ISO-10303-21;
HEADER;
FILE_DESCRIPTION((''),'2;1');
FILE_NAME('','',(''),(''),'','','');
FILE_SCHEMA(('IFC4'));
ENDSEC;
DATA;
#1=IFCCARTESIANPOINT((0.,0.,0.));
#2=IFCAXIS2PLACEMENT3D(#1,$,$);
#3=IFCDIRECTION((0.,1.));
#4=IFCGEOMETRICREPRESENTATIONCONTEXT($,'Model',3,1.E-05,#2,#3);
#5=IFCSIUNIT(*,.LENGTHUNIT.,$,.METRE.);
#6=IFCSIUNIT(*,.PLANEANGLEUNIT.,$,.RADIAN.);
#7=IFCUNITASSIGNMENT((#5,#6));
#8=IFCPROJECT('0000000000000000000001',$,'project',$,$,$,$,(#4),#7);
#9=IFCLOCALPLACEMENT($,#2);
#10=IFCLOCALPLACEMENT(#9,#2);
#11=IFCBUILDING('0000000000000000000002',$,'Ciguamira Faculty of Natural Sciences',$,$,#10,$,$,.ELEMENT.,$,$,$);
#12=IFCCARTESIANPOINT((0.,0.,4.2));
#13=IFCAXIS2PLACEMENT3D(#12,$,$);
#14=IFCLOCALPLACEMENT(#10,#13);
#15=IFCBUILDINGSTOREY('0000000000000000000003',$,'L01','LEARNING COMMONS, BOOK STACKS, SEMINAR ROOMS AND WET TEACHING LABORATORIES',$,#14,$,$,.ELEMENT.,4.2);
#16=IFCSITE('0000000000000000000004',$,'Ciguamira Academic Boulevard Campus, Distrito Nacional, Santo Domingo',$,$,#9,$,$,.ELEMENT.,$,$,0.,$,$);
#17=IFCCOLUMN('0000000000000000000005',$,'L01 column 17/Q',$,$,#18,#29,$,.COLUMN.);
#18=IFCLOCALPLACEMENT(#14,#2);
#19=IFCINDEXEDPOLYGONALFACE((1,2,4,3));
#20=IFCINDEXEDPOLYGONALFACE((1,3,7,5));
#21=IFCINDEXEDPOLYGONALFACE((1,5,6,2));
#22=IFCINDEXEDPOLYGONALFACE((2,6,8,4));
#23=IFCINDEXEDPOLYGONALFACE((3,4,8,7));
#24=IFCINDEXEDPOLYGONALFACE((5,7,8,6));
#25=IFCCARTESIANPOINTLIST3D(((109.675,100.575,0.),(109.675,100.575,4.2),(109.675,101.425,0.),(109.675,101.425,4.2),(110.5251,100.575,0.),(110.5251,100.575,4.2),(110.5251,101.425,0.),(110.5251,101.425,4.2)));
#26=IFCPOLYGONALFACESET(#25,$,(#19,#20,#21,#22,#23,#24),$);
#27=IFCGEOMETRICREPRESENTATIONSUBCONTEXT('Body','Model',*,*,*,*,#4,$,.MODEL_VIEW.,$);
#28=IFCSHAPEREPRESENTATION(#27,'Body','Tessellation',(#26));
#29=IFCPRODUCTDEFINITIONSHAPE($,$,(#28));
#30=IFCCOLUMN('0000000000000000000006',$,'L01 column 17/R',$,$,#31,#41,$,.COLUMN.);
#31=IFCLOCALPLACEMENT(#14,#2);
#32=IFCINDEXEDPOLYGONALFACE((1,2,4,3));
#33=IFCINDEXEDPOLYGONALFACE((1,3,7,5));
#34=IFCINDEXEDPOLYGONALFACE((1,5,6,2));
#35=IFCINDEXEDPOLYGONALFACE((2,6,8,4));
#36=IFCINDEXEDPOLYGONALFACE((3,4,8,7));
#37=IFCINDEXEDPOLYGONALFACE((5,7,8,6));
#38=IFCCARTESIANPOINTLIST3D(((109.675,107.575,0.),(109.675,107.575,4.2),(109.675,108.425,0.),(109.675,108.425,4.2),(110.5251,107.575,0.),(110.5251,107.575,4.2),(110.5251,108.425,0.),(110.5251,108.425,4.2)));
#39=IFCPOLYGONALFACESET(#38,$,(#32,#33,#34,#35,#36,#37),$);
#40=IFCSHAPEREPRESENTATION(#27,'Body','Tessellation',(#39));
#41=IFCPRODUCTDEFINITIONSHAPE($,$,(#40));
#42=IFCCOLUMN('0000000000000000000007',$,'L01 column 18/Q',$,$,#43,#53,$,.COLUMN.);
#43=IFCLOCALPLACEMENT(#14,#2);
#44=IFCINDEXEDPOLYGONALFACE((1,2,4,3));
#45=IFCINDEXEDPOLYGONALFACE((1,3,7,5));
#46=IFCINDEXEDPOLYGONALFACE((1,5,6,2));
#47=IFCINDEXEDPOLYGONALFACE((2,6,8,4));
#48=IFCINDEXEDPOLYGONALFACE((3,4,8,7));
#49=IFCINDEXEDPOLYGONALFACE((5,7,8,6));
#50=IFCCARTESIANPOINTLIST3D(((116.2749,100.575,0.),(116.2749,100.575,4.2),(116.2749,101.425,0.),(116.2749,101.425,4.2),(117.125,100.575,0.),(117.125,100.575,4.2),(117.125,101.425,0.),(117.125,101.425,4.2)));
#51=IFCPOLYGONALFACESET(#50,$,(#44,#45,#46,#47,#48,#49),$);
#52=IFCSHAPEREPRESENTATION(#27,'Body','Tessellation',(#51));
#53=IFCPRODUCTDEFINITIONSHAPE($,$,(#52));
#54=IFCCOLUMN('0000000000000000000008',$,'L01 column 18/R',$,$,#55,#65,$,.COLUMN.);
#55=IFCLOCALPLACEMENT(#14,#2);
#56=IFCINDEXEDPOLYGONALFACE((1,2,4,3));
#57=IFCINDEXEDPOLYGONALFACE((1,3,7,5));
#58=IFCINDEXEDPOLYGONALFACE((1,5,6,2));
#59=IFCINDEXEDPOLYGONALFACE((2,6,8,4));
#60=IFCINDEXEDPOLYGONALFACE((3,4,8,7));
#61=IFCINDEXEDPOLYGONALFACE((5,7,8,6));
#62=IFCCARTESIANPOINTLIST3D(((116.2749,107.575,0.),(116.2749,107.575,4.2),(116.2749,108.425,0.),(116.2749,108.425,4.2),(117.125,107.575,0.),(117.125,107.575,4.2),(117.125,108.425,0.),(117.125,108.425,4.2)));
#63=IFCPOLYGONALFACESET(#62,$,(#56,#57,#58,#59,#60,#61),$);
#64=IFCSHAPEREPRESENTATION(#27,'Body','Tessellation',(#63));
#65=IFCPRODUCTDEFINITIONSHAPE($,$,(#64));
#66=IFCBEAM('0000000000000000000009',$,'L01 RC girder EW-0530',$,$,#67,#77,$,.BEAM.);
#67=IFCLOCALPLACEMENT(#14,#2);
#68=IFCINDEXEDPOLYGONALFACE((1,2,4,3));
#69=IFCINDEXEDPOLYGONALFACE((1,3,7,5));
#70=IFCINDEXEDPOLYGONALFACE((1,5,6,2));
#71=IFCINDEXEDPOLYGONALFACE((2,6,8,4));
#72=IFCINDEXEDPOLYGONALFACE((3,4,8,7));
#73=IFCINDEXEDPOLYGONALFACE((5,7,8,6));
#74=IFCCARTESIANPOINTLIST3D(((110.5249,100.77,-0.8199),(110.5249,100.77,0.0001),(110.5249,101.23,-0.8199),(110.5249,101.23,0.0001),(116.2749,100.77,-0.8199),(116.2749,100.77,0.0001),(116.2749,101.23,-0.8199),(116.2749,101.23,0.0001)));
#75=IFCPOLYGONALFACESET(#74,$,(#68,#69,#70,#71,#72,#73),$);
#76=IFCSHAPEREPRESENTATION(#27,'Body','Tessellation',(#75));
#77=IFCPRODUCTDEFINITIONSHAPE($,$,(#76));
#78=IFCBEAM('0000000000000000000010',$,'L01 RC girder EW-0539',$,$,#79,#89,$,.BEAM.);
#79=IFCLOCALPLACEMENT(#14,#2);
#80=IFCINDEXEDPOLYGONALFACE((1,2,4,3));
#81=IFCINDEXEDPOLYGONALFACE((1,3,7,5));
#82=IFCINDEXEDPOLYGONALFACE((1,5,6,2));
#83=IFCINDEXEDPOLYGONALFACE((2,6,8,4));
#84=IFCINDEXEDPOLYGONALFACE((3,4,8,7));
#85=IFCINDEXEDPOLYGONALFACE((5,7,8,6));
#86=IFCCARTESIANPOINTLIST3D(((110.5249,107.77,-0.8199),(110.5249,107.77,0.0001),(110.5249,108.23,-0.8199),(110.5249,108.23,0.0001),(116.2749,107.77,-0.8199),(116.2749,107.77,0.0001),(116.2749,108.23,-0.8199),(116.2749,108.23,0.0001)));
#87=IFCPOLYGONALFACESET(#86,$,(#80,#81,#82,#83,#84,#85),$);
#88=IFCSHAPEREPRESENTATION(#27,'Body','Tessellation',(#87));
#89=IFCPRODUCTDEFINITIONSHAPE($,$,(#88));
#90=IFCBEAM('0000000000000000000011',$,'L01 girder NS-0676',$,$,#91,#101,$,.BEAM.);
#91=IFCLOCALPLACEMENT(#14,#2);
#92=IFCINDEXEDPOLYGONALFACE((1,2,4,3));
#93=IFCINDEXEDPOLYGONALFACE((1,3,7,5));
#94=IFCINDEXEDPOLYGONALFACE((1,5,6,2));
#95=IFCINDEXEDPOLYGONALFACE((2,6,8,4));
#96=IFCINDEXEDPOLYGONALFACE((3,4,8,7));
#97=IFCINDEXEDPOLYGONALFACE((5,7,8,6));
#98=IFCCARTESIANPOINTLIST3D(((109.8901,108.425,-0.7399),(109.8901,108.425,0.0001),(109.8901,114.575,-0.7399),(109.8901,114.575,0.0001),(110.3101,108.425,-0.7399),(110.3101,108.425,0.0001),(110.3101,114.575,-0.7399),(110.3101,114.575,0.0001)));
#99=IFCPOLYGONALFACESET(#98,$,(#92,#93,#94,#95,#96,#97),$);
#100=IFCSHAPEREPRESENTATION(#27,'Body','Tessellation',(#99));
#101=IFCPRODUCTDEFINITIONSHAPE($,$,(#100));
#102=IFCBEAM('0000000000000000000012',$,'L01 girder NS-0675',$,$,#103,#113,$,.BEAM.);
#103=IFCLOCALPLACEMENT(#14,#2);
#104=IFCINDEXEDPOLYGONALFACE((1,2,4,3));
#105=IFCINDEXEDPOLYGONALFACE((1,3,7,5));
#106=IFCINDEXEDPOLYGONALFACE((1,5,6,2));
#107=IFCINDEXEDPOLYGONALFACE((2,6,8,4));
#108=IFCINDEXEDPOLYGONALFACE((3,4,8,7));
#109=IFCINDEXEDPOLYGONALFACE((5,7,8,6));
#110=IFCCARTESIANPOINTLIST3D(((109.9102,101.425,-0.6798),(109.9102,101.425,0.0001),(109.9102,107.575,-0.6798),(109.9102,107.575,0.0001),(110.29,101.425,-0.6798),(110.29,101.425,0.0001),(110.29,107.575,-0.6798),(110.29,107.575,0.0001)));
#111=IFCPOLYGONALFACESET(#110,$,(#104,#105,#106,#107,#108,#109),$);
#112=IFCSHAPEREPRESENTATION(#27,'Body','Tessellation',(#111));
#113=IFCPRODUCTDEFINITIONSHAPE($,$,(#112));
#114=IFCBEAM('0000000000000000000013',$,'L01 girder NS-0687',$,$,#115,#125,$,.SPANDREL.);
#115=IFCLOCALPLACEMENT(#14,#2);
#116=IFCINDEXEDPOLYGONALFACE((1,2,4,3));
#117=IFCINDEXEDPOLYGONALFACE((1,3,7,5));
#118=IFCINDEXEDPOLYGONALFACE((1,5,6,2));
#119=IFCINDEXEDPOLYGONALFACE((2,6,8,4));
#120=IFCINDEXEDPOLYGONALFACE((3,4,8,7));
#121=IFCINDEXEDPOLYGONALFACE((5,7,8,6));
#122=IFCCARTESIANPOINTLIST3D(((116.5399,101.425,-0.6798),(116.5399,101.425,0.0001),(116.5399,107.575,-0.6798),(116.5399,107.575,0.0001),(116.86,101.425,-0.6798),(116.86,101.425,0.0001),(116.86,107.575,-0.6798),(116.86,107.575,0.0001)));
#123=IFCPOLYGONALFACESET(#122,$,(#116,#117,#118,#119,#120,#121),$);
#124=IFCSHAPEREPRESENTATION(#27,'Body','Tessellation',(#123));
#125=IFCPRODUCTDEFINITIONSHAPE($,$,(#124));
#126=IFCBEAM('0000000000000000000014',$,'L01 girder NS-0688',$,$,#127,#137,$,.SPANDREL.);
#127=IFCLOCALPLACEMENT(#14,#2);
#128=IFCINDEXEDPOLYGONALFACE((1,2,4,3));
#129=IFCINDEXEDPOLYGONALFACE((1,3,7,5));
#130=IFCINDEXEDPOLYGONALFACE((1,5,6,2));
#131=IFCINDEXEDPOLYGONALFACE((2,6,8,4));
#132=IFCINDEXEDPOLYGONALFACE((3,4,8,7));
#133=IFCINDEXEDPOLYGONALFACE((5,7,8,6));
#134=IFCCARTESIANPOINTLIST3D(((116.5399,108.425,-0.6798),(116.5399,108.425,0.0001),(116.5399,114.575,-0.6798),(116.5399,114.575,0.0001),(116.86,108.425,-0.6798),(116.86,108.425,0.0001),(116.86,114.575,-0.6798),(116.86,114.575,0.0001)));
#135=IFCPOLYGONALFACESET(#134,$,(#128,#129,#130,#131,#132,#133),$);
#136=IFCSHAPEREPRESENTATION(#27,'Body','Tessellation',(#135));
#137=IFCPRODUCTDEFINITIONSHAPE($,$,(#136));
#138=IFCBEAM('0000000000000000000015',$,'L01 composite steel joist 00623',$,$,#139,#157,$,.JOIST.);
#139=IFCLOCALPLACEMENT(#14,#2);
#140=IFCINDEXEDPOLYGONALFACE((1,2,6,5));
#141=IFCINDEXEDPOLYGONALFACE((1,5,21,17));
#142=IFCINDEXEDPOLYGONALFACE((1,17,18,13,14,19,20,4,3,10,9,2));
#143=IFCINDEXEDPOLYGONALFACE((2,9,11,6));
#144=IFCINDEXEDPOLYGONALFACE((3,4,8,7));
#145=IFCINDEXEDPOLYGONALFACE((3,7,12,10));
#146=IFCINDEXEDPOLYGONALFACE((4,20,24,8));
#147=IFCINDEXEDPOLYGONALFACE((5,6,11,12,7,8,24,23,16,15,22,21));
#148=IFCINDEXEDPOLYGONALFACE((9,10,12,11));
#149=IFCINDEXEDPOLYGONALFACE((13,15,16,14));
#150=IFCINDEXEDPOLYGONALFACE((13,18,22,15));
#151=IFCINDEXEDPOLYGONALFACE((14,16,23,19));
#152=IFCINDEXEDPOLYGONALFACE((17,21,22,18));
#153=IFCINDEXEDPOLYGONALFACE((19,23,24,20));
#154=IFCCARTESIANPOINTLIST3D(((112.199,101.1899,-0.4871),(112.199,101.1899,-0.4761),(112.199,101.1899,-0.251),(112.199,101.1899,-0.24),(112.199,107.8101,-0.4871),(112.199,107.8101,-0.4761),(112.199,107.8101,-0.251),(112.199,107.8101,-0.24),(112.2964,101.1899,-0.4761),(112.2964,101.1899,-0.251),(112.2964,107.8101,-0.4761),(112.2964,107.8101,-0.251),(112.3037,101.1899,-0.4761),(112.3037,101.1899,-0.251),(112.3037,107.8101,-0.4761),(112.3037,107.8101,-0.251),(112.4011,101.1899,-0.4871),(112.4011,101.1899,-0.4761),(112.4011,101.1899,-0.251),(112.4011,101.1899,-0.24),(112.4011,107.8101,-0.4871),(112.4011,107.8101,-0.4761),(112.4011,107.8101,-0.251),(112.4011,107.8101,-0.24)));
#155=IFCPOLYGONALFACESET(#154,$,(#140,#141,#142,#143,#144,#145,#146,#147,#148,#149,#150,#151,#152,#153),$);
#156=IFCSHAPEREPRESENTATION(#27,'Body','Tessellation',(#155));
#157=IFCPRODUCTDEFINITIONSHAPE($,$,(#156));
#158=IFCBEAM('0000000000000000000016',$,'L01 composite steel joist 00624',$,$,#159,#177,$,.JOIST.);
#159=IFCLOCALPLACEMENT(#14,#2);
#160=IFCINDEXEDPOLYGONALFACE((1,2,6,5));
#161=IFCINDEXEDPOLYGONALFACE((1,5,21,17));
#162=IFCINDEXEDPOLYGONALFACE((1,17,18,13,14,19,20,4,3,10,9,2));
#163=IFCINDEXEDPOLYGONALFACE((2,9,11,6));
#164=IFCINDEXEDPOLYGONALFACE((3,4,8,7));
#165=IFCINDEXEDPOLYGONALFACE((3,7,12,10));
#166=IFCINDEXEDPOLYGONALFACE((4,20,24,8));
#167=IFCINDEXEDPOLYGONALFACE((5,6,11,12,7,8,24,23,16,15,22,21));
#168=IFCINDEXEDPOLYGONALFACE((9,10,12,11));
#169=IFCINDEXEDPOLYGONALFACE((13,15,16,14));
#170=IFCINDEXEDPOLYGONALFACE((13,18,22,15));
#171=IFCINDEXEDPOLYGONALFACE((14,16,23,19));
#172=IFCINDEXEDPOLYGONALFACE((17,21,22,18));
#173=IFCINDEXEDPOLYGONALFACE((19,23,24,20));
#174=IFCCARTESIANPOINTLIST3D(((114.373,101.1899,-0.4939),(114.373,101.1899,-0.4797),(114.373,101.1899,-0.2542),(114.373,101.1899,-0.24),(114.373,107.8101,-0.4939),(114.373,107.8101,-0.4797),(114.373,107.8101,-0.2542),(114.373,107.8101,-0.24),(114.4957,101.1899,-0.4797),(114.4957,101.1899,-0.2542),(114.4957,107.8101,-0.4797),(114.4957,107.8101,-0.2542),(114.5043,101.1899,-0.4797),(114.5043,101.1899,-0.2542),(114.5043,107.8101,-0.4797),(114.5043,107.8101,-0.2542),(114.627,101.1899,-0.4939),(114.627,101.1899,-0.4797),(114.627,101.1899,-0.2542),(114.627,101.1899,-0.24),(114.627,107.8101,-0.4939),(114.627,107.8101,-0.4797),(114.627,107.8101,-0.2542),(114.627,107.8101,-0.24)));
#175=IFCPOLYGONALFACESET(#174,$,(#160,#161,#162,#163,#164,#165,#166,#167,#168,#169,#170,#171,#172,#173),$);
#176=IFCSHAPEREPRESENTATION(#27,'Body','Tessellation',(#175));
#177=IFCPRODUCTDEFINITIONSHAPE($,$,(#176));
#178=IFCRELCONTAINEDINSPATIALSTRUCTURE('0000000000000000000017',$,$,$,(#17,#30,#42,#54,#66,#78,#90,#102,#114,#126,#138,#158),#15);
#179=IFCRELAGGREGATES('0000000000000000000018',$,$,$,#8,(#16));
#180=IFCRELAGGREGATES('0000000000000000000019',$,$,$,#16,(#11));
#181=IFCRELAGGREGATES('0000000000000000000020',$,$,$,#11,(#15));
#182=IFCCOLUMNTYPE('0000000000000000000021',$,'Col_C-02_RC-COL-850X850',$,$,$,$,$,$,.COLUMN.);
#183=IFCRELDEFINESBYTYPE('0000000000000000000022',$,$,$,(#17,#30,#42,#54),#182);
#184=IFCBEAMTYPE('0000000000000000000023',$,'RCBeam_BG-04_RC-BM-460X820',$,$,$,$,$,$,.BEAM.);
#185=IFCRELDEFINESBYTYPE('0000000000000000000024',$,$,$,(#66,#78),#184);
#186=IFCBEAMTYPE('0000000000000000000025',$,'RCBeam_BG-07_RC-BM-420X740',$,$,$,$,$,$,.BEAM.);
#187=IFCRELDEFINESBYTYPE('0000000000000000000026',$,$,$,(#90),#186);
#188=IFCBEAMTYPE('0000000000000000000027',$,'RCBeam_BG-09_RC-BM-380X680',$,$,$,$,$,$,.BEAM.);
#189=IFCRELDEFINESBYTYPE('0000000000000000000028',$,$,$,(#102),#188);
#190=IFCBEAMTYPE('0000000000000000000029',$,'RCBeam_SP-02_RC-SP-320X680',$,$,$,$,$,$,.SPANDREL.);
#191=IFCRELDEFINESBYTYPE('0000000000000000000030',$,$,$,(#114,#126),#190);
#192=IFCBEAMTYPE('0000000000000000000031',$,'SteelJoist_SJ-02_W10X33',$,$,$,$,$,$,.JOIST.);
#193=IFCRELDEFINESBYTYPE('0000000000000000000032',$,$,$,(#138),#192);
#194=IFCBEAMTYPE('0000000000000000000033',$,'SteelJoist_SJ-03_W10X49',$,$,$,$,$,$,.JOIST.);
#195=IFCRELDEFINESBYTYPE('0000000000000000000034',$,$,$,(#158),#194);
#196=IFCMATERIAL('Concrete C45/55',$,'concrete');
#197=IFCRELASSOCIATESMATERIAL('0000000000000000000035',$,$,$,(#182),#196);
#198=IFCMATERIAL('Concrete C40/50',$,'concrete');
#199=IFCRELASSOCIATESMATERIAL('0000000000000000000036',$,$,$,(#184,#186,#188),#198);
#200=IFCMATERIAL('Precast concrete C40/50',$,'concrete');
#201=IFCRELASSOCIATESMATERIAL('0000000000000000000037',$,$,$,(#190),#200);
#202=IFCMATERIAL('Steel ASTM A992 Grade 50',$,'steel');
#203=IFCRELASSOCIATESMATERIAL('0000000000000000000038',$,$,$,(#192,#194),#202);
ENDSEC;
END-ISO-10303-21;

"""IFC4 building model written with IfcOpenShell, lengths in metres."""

from ifc_helpers import new_model, si_unit, direction, frame, origin, origin_2d, place, context, subcontext, project, spatial, rectangle, i_section, extrude, material, material_profile, profile_set, type_object, element, save


model = new_model("IFC4")

# Units and contexts
model_context = context("Model", 3, precision=1e-05, world=origin(), true_north=direction((0.0, 1.0)))
body_context = subcontext(model_context, "Body", "Model", "MODEL_VIEW")
ifc_project = project(units=[si_unit("LENGTHUNIT", "METRE"), si_unit("PLANEANGLEUNIT", "RADIAN")], contexts=[model_context])

# Site, building, storey
site_placement = place(None, origin())
site = spatial("IfcSite", under=ifc_project, at=site_placement, Name="Ciguamira Academic Boulevard Campus, Distrito Nacional, Santo Domingo", CompositionType="ELEMENT", RefElevation=0.0)
building_placement = place(site_placement, origin())
building = spatial("IfcBuilding", under=site, at=building_placement, Name="Ciguamira Faculty of Natural Sciences", CompositionType="ELEMENT")
storey_placement = place(building_placement, frame((0.0, 0.0, 4.2)))
storey = spatial("IfcBuildingStorey", under=building, at=storey_placement, Name="L01", Description="LEARNING COMMONS, BOOK STACKS, SEMINAR ROOMS AND WET TEACHING LABORATORIES", CompositionType="ELEMENT", Elevation=4.2)

# Columns
ifc_material_1 = material(Name="Concrete C45/55", Category="concrete")
ifc_material_profile_1 = material_profile(ifc_material_1, rectangle(XDim=0.8501, YDim=0.8501, at=origin_2d()), Name="RC-COL-850X850")
ifc_profile_set_1 = profile_set([ifc_material_profile_1], Name="Concrete C45/55")
column_type = type_object("IfcColumnType", Name="Col_C-02_RC-COL-850X850", PredefinedType="COLUMN", material=ifc_profile_set_1)
for number, where, z_axis, x_axis, name in (
    (1, (110.1001, 101.0, 0.0), (0.0, 0.0, 1.0), (1.0, 0.0, 0.0), "L01 column 17/Q"),
    (2, (110.1001, 108.0, 0.0), (0.0, 0.0, 1.0), (1.0, 0.0, 0.0), "L01 column 17/R"),
    (3, (116.7, 101.0, 0.0), (0.0, 0.0, 1.0), (1.0, 0.0, 0.0), "L01 column 18/Q"),
    (4, (116.7, 108.0, 0.0), (0.0, 0.0, 1.0), (1.0, 0.0, 0.0), "L01 column 18/R"),
):
    element("IfcColumn", number, at=place(storey_placement, frame(where, z_axis=z_axis, x_axis=x_axis)), inside=storey, type_object=column_type, Name=name, PredefinedType="COLUMN", context=body_context, shape_type="SweptSolid", body=[
        extrude(rectangle(XDim=0.8501, YDim=0.8501, at=origin_2d()), origin(), (0.0, 0.0, 1.0), 4.2),
    ])

# Beams
ifc_material_2 = material(Name="Concrete C40/50", Category="concrete")
ifc_material_profile_2 = material_profile(ifc_material_2, rectangle(XDim=0.46, YDim=0.8201, at=origin_2d()), Name="RC-BM-460X820")
ifc_profile_set_2 = profile_set([ifc_material_profile_2], Name="Concrete C40/50")
beam_type_1 = type_object("IfcBeamType", Name="RCBeam_BG-04_RC-BM-460X820", PredefinedType="BEAM", material=ifc_profile_set_2)
for number, where, z_axis, x_axis, name in (
    (5, (110.5249, 101.0, -0.4099), (1.0, 0.0, 0.0), (0.0, 1.0, 0.0), "L01 RC girder EW-0530"),
    (6, (110.5249, 108.0, -0.4099), (1.0, 0.0, 0.0), (0.0, 1.0, 0.0), "L01 RC girder EW-0539"),
):
    element("IfcBeam", number, at=place(storey_placement, frame(where, z_axis=z_axis, x_axis=x_axis)), inside=storey, type_object=beam_type_1, Name=name, PredefinedType="BEAM", context=body_context, shape_type="SweptSolid", body=[
        extrude(rectangle(XDim=0.46, YDim=0.8201, at=origin_2d()), origin(), (0.0, 0.0, 1.0), 5.75),
    ])
ifc_material_profile_3 = material_profile(ifc_material_2, rectangle(XDim=0.4199, YDim=0.74, at=origin_2d()), Name="RC-BM-420X740")
ifc_profile_set_3 = profile_set([ifc_material_profile_3], Name="Concrete C40/50")
beam_type_2 = type_object("IfcBeamType", Name="RCBeam_BG-07_RC-BM-420X740", PredefinedType="BEAM", material=ifc_profile_set_3)
beam_1_placement = place(storey_placement, frame((110.1001, 108.425, -0.3699), z_axis=(0.0, 1.0, 0.0), x_axis=(-1.0, 0.0, 0.0)))
element("IfcBeam", 7, at=beam_1_placement, inside=storey, type_object=beam_type_2, Name="L01 girder NS-0676", PredefinedType="BEAM", context=body_context, shape_type="SweptSolid", body=[
    extrude(rectangle(XDim=0.4199, YDim=0.74, at=origin_2d()), origin(), (0.0, 0.0, 1.0), 6.1499),
])
ifc_material_profile_4 = material_profile(ifc_material_2, rectangle(XDim=0.3799, YDim=0.6799, at=origin_2d()), Name="RC-BM-380X680")
ifc_profile_set_4 = profile_set([ifc_material_profile_4], Name="Concrete C40/50")
beam_type_3 = type_object("IfcBeamType", Name="RCBeam_BG-09_RC-BM-380X680", PredefinedType="BEAM", material=ifc_profile_set_4)
beam_2_placement = place(storey_placement, frame((110.1001, 101.425, -0.3398), z_axis=(0.0, 1.0, 0.0), x_axis=(-1.0, 0.0, 0.0)))
element("IfcBeam", 8, at=beam_2_placement, inside=storey, type_object=beam_type_3, Name="L01 girder NS-0675", PredefinedType="BEAM", context=body_context, shape_type="SweptSolid", body=[
    extrude(rectangle(XDim=0.3799, YDim=0.6799, at=origin_2d()), origin(), (0.0, 0.0, 1.0), 6.1499),
])
ifc_material_3 = material(Name="Precast concrete C40/50", Category="concrete")
ifc_material_profile_5 = material_profile(ifc_material_3, rectangle(XDim=0.3201, YDim=0.6799, at=origin_2d()), Name="RC-SP-320X680")
ifc_profile_set_5 = profile_set([ifc_material_profile_5], Name="Precast concrete C40/50")
beam_type_4 = type_object("IfcBeamType", Name="RCBeam_SP-02_RC-SP-320X680", PredefinedType="SPANDREL", material=ifc_profile_set_5)
for number, where, z_axis, x_axis, name in (
    (9, (116.7, 101.425, -0.3398), (0.0, 1.0, 0.0), (-1.0, 0.0, 0.0), "L01 girder NS-0687"),
    (10, (116.7, 108.425, -0.3398), (0.0, 1.0, 0.0), (-1.0, 0.0, 0.0), "L01 girder NS-0688"),
):
    element("IfcBeam", number, at=place(storey_placement, frame(where, z_axis=z_axis, x_axis=x_axis)), inside=storey, type_object=beam_type_4, Name=name, PredefinedType="SPANDREL", context=body_context, shape_type="SweptSolid", body=[
        extrude(rectangle(XDim=0.3201, YDim=0.6799, at=origin_2d()), origin(), (0.0, 0.0, 1.0), 6.1499),
    ])
ifc_material_4 = material(Name="Steel ASTM A992 Grade 50", Category="steel")
ifc_material_profile_6 = material_profile(ifc_material_4, i_section(OverallWidth=0.2021, OverallDepth=0.2471, WebThickness=0.0073, FlangeThickness=0.011, at=origin_2d()), Name="W10X33")
ifc_profile_set_6 = profile_set([ifc_material_profile_6], Name="Steel ASTM A992 Grade 50")
beam_type_5 = type_object("IfcBeamType", Name="SteelJoist_SJ-02_W10X33", PredefinedType="JOIST", material=ifc_profile_set_6)
beam_3_placement = place(storey_placement, frame((112.3, 101.1899, -0.3635), z_axis=(0.0, 1.0, 0.0), x_axis=(-1.0, 0.0, 0.0)))
element("IfcBeam", 11, at=beam_3_placement, inside=storey, type_object=beam_type_5, Name="L01 composite steel joist 00623", PredefinedType="JOIST", context=body_context, shape_type="SweptSolid", body=[
    extrude(i_section(OverallWidth=0.2021, OverallDepth=0.2471, WebThickness=0.0073, FlangeThickness=0.011, at=origin_2d()), origin(), (0.0, 0.0, 1.0), 6.6201),
])
ifc_material_profile_7 = material_profile(ifc_material_4, i_section(OverallWidth=0.2539, OverallDepth=0.2539, WebThickness=0.0085, FlangeThickness=0.0142, at=origin_2d()), Name="W10X49")
ifc_profile_set_7 = profile_set([ifc_material_profile_7], Name="Steel ASTM A992 Grade 50")
beam_type_6 = type_object("IfcBeamType", Name="SteelJoist_SJ-03_W10X49", PredefinedType="JOIST", material=ifc_profile_set_7)
beam_4_placement = place(storey_placement, frame((114.5, 101.1899, -0.3669), z_axis=(0.0, 1.0, 0.0), x_axis=(-1.0, 0.0, 0.0)))
element("IfcBeam", 12, at=beam_4_placement, inside=storey, type_object=beam_type_6, Name="L01 composite steel joist 00624", PredefinedType="JOIST", context=body_context, shape_type="SweptSolid", body=[
    extrude(i_section(OverallWidth=0.2539, OverallDepth=0.2539, WebThickness=0.0085, FlangeThickness=0.0142, at=origin_2d()), origin(), (0.0, 0.0, 1.0), 6.6201),
])

save(model, "model.ifc")
